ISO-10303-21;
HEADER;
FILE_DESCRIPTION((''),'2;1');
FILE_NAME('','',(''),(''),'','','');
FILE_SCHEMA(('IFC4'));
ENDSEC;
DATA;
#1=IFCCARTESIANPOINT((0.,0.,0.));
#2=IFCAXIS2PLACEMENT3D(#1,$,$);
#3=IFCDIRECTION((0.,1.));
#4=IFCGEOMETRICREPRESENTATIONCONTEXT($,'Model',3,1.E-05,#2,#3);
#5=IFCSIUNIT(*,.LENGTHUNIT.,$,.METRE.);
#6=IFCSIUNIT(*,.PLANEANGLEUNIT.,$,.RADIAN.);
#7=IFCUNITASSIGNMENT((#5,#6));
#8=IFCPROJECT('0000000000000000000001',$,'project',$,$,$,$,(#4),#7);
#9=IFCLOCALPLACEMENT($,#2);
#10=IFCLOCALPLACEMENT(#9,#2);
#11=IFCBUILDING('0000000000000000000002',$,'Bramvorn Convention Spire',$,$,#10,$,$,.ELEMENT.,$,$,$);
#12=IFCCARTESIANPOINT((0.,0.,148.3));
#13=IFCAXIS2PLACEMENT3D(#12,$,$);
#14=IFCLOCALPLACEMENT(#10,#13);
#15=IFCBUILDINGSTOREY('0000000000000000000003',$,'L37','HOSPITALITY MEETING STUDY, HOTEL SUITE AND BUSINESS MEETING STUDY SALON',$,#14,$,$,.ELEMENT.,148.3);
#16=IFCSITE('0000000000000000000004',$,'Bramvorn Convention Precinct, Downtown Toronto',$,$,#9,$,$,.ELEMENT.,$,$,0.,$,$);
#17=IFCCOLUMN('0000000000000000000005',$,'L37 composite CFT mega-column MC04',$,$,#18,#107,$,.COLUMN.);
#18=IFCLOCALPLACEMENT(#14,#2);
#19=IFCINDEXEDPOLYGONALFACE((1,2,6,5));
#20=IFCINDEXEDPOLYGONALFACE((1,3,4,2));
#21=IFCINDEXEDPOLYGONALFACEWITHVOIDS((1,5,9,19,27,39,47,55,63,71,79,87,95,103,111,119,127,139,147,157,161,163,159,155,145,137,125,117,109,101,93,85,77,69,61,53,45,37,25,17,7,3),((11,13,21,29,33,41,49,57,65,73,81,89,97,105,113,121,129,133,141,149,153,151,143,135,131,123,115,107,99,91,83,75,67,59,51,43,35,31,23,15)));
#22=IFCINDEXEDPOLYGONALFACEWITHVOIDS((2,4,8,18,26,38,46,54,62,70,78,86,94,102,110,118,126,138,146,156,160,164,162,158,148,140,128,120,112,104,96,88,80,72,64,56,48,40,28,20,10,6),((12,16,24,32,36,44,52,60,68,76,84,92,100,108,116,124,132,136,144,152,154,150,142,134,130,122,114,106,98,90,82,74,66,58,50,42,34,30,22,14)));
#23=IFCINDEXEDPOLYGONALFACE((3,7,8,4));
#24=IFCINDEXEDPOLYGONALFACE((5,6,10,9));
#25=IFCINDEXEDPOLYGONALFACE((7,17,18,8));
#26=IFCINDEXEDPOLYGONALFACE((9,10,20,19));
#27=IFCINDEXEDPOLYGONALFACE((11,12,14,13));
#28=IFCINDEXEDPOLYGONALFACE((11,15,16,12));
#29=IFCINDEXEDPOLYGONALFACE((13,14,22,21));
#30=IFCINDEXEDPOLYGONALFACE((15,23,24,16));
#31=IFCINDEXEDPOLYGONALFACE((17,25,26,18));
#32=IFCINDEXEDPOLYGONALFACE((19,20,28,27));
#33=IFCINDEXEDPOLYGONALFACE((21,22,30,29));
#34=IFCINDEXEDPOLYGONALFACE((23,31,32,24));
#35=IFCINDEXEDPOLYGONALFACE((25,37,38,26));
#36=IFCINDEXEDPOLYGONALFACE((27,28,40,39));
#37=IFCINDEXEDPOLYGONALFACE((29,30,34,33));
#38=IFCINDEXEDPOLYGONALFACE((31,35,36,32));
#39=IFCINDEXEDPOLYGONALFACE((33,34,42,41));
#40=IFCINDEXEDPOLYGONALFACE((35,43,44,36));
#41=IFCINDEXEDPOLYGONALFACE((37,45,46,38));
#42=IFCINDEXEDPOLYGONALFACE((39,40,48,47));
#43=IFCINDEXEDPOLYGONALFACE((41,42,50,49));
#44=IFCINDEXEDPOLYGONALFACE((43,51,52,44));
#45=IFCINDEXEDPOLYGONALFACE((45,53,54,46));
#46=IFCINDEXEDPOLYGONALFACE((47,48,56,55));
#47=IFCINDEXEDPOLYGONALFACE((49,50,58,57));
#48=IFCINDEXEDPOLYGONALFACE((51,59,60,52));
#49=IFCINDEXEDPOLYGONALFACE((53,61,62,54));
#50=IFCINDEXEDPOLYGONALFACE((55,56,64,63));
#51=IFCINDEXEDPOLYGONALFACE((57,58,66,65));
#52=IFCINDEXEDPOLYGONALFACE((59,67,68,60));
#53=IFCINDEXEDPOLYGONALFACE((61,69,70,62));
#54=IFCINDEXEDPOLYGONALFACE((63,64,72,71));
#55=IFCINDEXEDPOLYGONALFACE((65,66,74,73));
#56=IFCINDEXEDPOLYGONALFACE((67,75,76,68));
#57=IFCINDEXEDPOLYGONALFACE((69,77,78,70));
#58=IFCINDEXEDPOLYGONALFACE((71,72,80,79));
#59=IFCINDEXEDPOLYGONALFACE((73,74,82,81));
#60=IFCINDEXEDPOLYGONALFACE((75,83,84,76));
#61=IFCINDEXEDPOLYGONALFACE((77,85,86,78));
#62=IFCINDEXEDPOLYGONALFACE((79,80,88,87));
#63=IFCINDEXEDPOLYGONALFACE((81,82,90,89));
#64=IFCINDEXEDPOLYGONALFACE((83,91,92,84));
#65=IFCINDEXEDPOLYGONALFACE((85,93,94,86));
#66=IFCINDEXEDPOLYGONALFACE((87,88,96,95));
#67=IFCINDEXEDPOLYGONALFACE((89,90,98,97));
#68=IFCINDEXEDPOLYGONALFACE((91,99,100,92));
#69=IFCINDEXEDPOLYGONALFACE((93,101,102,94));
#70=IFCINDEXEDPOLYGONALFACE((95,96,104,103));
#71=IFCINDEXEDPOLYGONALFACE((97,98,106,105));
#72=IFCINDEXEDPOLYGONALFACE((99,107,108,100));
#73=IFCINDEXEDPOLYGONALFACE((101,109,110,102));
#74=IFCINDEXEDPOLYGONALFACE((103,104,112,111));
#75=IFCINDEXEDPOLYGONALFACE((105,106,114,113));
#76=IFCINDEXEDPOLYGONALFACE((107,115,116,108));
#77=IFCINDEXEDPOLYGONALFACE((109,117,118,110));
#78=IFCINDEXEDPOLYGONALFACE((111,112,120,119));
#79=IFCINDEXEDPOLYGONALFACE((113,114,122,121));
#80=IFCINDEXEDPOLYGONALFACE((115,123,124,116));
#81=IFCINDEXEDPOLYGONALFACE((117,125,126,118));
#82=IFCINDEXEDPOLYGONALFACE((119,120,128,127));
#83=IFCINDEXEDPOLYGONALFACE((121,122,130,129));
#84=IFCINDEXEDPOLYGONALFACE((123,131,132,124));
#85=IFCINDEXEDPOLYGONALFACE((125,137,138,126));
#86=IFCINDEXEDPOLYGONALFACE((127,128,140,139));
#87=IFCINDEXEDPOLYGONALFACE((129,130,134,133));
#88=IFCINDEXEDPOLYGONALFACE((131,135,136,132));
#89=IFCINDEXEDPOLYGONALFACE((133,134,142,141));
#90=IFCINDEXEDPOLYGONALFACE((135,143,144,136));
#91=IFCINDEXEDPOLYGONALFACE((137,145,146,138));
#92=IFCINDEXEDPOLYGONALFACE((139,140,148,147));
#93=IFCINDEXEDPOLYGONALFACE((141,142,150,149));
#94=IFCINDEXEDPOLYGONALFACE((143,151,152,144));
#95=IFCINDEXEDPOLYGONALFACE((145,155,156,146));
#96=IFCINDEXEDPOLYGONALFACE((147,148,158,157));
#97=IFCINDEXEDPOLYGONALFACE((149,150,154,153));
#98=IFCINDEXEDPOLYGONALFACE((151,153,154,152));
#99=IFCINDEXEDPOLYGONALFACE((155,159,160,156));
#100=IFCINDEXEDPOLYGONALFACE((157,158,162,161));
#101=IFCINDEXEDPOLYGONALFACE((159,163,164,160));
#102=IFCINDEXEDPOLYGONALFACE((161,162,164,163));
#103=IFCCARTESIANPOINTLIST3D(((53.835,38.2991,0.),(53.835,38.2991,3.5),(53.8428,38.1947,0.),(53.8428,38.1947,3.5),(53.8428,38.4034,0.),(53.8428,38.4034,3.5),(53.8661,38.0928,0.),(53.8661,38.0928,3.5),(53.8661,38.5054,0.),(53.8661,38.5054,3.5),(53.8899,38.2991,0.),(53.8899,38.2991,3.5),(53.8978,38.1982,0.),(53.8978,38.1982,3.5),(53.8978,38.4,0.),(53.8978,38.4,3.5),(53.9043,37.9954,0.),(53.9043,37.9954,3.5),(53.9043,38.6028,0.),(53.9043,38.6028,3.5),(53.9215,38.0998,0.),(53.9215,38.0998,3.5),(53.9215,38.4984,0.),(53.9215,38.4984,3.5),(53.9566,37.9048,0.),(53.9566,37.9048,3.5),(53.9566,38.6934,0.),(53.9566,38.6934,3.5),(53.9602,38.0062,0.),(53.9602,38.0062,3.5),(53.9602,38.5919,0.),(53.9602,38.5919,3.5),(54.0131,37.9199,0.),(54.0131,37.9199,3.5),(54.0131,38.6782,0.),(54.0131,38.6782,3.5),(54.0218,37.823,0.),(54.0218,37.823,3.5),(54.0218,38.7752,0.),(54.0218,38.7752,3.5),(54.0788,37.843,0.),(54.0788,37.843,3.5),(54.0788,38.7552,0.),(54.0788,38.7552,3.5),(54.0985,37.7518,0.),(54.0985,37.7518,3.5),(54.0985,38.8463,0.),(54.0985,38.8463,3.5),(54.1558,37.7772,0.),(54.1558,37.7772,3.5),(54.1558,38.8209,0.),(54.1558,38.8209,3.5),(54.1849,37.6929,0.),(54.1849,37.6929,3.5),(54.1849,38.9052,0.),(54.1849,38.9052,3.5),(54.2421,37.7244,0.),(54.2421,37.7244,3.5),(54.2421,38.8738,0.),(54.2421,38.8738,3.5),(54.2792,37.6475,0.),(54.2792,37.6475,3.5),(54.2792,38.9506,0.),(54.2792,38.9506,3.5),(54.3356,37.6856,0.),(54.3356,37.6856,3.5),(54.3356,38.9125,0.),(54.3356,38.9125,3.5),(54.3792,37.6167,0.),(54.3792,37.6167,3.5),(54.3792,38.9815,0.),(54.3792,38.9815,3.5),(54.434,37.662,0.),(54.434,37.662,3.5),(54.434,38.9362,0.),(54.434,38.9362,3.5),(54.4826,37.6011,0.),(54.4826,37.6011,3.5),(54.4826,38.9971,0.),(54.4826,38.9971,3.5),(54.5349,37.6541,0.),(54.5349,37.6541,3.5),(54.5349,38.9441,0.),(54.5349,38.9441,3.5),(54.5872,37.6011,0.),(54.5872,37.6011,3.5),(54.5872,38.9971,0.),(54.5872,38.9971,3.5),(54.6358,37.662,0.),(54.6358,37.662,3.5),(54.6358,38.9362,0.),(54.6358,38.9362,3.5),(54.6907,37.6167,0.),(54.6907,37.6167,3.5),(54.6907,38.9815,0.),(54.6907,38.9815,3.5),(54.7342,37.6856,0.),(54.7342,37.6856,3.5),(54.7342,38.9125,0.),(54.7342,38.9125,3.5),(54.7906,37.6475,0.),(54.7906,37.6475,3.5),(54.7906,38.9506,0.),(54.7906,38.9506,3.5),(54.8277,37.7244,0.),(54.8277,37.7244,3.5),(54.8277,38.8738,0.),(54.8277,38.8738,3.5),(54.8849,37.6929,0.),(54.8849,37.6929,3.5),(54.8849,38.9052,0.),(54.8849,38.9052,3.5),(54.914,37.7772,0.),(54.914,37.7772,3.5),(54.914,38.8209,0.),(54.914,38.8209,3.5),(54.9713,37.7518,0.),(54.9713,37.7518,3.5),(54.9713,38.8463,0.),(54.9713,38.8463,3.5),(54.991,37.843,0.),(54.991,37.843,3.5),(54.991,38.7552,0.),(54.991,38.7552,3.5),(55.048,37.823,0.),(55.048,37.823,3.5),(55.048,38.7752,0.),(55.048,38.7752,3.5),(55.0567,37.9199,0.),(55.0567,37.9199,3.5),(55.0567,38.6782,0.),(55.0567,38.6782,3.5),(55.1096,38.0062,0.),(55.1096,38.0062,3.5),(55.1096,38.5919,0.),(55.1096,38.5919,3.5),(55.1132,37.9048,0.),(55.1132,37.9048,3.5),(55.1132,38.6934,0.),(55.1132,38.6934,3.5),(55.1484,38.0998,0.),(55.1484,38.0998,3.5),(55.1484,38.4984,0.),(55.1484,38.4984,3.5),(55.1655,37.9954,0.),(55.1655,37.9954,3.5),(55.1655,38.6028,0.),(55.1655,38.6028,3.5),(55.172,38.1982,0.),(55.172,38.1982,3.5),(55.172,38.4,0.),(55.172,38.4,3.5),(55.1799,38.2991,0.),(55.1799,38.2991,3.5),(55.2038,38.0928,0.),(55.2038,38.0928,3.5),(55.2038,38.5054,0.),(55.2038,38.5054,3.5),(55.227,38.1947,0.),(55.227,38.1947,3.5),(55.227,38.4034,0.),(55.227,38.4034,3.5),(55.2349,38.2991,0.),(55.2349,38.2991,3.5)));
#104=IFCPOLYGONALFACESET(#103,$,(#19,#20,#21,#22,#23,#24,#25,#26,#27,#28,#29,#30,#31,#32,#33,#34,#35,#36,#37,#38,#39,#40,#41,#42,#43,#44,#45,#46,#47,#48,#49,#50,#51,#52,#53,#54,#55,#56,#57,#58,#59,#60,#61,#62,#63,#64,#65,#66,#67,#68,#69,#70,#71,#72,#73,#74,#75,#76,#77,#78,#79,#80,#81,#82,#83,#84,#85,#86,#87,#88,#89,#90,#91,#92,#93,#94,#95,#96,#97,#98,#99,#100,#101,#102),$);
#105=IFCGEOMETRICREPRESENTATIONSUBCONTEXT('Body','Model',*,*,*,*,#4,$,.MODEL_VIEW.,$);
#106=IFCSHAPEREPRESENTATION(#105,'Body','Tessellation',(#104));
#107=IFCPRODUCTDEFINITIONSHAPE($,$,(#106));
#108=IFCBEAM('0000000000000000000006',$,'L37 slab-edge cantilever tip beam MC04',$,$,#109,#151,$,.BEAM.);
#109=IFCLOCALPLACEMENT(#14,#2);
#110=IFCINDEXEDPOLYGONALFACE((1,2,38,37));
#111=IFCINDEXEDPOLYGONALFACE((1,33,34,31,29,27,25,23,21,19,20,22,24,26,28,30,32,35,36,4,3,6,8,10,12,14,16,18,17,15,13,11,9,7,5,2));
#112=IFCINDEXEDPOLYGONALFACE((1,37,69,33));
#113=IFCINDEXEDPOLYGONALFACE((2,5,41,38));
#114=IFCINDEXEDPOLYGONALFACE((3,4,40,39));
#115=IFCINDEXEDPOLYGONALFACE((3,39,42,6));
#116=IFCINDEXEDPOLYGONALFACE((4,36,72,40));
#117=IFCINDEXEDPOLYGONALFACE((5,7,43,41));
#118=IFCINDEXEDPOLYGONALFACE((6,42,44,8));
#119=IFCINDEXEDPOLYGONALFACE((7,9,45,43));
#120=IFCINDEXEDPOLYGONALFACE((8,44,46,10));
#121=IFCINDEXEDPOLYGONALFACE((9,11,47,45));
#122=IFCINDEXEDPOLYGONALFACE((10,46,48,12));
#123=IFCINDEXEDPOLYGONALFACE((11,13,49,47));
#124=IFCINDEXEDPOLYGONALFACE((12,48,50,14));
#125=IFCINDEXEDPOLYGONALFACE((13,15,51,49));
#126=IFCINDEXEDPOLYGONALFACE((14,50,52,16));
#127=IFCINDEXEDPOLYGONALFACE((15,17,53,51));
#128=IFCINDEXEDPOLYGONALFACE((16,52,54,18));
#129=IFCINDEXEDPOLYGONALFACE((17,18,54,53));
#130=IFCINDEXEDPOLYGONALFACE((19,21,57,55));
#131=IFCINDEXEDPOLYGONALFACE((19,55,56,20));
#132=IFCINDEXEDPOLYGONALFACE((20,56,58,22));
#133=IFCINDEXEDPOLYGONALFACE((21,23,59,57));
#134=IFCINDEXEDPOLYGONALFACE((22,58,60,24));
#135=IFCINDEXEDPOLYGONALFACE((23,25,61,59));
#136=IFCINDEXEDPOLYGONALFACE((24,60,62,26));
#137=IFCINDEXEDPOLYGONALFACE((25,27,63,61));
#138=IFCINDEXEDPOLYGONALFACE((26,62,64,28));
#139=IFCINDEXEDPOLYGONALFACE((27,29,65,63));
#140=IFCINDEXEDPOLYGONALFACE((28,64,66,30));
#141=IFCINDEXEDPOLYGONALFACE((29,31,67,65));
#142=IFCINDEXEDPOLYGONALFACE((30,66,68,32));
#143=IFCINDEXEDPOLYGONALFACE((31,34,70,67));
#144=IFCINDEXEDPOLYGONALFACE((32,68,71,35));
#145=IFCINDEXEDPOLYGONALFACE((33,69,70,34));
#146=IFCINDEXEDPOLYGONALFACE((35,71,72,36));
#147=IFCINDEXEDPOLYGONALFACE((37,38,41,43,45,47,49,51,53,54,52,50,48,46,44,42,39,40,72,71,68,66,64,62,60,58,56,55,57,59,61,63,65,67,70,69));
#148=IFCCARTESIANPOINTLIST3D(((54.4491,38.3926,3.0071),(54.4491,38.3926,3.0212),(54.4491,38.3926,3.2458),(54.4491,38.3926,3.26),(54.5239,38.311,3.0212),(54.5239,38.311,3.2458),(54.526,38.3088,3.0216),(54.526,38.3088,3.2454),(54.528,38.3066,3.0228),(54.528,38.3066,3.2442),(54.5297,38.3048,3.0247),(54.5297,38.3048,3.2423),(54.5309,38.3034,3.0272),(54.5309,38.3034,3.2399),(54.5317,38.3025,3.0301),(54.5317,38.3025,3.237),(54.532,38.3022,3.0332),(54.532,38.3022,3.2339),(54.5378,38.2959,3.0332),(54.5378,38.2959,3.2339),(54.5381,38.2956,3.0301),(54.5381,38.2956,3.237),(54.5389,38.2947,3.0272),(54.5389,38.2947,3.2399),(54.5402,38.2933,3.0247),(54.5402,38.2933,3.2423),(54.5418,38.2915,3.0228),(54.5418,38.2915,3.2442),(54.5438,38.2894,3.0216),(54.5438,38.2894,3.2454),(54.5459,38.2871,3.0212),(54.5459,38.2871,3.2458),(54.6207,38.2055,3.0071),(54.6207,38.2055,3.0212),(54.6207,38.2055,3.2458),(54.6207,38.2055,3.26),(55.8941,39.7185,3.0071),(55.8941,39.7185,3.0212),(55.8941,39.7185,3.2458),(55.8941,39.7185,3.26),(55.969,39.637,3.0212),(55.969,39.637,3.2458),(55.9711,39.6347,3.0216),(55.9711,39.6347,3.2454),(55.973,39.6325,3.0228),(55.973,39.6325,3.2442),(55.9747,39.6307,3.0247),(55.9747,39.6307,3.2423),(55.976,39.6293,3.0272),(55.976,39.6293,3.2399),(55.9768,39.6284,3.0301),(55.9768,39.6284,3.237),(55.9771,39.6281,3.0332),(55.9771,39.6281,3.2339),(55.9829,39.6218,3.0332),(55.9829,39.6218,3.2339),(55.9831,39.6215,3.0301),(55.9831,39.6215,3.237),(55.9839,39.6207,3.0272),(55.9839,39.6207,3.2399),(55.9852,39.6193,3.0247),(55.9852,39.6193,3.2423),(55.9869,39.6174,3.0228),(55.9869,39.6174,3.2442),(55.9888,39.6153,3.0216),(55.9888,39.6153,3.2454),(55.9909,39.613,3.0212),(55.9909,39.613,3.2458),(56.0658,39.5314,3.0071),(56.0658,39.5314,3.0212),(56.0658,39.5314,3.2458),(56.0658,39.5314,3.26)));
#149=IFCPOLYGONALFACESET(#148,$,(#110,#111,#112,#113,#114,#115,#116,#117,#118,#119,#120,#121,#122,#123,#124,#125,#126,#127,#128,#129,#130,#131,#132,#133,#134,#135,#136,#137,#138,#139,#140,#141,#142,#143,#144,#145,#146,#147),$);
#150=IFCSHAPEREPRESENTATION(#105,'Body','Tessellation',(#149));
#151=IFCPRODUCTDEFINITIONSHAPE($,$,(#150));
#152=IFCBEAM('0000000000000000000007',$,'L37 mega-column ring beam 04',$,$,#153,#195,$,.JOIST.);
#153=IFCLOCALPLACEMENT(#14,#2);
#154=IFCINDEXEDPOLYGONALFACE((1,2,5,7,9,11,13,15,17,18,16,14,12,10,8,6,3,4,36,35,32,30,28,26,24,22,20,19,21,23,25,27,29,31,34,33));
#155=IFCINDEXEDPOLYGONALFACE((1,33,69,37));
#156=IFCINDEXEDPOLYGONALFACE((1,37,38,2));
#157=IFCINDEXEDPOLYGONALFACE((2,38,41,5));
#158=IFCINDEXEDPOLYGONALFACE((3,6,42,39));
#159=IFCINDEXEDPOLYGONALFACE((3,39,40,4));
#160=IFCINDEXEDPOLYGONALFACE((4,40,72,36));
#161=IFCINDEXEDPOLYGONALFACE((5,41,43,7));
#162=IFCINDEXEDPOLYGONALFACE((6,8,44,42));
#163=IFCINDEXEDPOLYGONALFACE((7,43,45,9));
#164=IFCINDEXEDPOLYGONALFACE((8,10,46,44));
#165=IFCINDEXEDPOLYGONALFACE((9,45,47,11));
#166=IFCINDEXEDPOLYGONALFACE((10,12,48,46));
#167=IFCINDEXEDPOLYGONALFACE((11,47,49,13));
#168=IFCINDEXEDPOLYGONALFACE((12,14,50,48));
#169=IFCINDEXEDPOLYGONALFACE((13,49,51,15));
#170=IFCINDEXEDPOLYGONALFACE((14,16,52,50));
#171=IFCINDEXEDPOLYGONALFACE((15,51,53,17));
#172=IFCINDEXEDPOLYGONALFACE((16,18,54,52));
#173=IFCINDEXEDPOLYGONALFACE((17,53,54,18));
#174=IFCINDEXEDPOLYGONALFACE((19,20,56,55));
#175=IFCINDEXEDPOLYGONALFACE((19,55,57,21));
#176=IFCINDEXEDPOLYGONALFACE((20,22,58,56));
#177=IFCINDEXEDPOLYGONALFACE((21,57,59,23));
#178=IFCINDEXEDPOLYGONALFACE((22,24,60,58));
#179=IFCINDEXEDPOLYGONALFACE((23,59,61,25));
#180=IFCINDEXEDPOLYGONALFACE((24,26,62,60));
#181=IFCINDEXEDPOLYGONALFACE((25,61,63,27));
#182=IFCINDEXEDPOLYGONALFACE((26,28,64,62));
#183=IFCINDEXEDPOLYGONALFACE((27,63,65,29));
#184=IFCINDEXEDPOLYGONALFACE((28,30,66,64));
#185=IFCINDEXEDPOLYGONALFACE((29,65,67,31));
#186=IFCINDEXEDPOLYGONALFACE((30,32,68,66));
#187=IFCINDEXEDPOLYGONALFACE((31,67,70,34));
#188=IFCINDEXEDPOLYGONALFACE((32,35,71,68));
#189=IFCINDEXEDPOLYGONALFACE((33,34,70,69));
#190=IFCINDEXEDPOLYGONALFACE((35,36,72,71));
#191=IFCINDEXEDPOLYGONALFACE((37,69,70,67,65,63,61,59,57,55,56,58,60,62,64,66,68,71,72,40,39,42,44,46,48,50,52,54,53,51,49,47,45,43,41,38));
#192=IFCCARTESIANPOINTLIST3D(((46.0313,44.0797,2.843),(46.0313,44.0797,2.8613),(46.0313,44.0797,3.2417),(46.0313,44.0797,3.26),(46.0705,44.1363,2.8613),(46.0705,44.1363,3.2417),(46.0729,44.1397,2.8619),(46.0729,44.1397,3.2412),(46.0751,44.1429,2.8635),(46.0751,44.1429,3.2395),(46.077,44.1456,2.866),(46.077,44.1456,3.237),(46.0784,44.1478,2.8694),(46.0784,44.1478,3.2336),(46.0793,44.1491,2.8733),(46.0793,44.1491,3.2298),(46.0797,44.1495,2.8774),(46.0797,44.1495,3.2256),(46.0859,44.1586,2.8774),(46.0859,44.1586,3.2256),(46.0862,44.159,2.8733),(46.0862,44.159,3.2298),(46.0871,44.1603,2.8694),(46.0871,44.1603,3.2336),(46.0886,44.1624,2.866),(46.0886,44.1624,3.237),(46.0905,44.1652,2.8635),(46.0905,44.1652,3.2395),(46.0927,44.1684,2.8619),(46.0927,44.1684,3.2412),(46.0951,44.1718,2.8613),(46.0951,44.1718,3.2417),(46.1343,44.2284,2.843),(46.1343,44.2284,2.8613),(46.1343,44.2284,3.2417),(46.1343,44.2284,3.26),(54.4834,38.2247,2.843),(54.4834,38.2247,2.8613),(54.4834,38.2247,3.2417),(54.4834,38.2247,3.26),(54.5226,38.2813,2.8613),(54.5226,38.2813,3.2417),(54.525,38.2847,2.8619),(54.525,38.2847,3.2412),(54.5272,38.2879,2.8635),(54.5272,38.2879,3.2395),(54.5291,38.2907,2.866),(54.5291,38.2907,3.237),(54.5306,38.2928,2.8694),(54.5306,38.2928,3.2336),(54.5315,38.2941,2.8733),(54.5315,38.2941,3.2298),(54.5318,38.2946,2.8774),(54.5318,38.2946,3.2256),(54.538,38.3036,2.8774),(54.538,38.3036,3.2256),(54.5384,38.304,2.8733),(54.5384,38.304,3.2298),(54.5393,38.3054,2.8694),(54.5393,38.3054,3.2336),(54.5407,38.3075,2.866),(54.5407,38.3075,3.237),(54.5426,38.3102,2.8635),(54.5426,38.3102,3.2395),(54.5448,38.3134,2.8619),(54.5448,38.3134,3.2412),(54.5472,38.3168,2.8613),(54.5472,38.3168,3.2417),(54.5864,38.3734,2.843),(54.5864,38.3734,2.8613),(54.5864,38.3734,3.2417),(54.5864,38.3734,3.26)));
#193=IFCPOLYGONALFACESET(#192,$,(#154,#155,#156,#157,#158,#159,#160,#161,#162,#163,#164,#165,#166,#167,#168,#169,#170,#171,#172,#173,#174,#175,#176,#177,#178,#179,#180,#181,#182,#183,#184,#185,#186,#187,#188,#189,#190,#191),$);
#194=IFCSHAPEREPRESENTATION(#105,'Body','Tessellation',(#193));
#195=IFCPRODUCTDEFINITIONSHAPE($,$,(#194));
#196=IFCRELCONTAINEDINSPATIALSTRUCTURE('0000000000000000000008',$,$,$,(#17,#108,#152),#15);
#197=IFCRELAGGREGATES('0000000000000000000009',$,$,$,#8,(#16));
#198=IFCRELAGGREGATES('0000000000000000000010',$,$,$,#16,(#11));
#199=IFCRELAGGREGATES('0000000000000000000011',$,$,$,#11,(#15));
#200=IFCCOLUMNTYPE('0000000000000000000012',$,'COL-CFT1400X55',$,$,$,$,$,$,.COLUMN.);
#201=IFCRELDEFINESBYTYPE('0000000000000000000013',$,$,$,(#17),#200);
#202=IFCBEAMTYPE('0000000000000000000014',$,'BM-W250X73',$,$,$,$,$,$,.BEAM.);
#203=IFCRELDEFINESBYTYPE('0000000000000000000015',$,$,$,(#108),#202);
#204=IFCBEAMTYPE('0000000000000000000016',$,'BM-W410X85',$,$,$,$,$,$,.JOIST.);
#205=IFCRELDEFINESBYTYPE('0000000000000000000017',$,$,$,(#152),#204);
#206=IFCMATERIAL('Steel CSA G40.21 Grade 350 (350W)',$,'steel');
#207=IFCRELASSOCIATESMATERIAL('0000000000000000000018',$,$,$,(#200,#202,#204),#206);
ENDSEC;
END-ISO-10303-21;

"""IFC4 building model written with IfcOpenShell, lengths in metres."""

from ifc_helpers import new_model, si_unit, direction, frame, origin, origin_2d, place, context, subcontext, project, spatial, hollow_circle, i_section, extrude, material, material_profile, profile_set, type_object, element, save


model = new_model("IFC4")

# Units and contexts
model_context = context("Model", 3, precision=1e-05, world=origin(), true_north=direction((0.0, 1.0)))
body_context = subcontext(model_context, "Body", "Model", "MODEL_VIEW")
ifc_project = project(units=[si_unit("LENGTHUNIT", "METRE"), si_unit("PLANEANGLEUNIT", "RADIAN")], contexts=[model_context])

# Site, building, storey
site_placement = place(None, origin())
site = spatial("IfcSite", under=ifc_project, at=site_placement, Name="Bramvorn Convention Precinct, Downtown Toronto", CompositionType="ELEMENT", RefElevation=0.0)
building_placement = place(site_placement, origin())
building = spatial("IfcBuilding", under=site, at=building_placement, Name="Bramvorn Convention Spire", CompositionType="ELEMENT")
storey_placement = place(building_placement, frame((0.0, 0.0, 148.3)))
storey = spatial("IfcBuildingStorey", under=building, at=storey_placement, Name="L37", Description="HOSPITALITY MEETING STUDY, HOTEL SUITE AND BUSINESS MEETING STUDY SALON", CompositionType="ELEMENT", Elevation=148.3)

# Column
ifc_material_1 = material(Name="Steel CSA G40.21 Grade 350 (350W)", Category="steel")
ifc_material_profile_1 = material_profile(ifc_material_1, hollow_circle(Radius=0.7, WallThickness=0.0549, at=origin_2d()))
ifc_profile_set_1 = profile_set([ifc_material_profile_1], Name="Steel CSA G40.21 Grade 350 (350W) - CFT1400X55")
column_type = type_object("IfcColumnType", Name="COL-CFT1400X55", PredefinedType="COLUMN", material=ifc_profile_set_1)
column_placement = place(storey_placement, frame((54.5349, 38.2991, 0.0), z_axis=(0.0, 0.0, 1.0), x_axis=(1.0, 0.0, 0.0)))
element("IfcColumn", 1, at=column_placement, inside=storey, type_object=column_type, Name="L37 composite CFT mega-column MC04", PredefinedType="COLUMN", context=body_context, shape_type="SweptSolid", body=[
    extrude(hollow_circle(Radius=0.7, WallThickness=0.0549, at=origin_2d()), origin(), (0.0, 0.0, 1.0), 3.5),
])

# Beams
ifc_material_profile_2 = material_profile(ifc_material_1, i_section(OverallWidth=0.2539, OverallDepth=0.2529, WebThickness=0.0085, FlangeThickness=0.0142, FilletRadius=0.012, at=origin_2d()))
ifc_profile_set_2 = profile_set([ifc_material_profile_2], Name="Steel CSA G40.21 Grade 350 (350W) - W250X73")
beam_type_1 = type_object("IfcBeamType", Name="BM-W250X73", PredefinedType="BEAM", material=ifc_profile_set_2)
beam_1_placement = place(storey_placement, frame((54.5349, 38.2991, 3.1335), z_axis=(0.736829, 0.67608, 0.0), x_axis=(-0.67608, 0.736829, 0.0)))
element("IfcBeam", 2, at=beam_1_placement, inside=storey, type_object=beam_type_1, Name="L37 slab-edge cantilever tip beam MC04", PredefinedType="BEAM", context=body_context, shape_type="SweptSolid", body=[
    extrude(i_section(OverallWidth=0.2539, OverallDepth=0.2529, WebThickness=0.0085, FlangeThickness=0.0142, FilletRadius=0.012, at=origin_2d()), origin(), (0.0, 0.0, 1.0), 1.9612),
])
ifc_material_profile_3 = material_profile(ifc_material_1, i_section(OverallWidth=0.1809, OverallDepth=0.417, WebThickness=0.011, FlangeThickness=0.0183, FilletRadius=0.0161, at=origin_2d()))
ifc_profile_set_3 = profile_set([ifc_material_profile_3], Name="Steel CSA G40.21 Grade 350 (350W) - W410X85")
beam_type_2 = type_object("IfcBeamType", Name="BM-W410X85", PredefinedType="JOIST", material=ifc_profile_set_3)
beam_2_placement = place(storey_placement, frame((54.5349, 38.2991, 3.0515), z_axis=(-0.822033, 0.56944, 0.0), x_axis=(-0.56944, -0.822033, 0.0)))
element("IfcBeam", 3, at=beam_2_placement, inside=storey, type_object=beam_type_2, Name="L37 mega-column ring beam 04", PredefinedType="JOIST", context=body_context, shape_type="SweptSolid", body=[
    extrude(i_section(OverallWidth=0.1809, OverallDepth=0.417, WebThickness=0.011, FlangeThickness=0.0183, FilletRadius=0.0161, at=origin_2d()), origin(), (0.0, 0.0, 1.0), 10.282),
])

save(model, "model.ifc")
